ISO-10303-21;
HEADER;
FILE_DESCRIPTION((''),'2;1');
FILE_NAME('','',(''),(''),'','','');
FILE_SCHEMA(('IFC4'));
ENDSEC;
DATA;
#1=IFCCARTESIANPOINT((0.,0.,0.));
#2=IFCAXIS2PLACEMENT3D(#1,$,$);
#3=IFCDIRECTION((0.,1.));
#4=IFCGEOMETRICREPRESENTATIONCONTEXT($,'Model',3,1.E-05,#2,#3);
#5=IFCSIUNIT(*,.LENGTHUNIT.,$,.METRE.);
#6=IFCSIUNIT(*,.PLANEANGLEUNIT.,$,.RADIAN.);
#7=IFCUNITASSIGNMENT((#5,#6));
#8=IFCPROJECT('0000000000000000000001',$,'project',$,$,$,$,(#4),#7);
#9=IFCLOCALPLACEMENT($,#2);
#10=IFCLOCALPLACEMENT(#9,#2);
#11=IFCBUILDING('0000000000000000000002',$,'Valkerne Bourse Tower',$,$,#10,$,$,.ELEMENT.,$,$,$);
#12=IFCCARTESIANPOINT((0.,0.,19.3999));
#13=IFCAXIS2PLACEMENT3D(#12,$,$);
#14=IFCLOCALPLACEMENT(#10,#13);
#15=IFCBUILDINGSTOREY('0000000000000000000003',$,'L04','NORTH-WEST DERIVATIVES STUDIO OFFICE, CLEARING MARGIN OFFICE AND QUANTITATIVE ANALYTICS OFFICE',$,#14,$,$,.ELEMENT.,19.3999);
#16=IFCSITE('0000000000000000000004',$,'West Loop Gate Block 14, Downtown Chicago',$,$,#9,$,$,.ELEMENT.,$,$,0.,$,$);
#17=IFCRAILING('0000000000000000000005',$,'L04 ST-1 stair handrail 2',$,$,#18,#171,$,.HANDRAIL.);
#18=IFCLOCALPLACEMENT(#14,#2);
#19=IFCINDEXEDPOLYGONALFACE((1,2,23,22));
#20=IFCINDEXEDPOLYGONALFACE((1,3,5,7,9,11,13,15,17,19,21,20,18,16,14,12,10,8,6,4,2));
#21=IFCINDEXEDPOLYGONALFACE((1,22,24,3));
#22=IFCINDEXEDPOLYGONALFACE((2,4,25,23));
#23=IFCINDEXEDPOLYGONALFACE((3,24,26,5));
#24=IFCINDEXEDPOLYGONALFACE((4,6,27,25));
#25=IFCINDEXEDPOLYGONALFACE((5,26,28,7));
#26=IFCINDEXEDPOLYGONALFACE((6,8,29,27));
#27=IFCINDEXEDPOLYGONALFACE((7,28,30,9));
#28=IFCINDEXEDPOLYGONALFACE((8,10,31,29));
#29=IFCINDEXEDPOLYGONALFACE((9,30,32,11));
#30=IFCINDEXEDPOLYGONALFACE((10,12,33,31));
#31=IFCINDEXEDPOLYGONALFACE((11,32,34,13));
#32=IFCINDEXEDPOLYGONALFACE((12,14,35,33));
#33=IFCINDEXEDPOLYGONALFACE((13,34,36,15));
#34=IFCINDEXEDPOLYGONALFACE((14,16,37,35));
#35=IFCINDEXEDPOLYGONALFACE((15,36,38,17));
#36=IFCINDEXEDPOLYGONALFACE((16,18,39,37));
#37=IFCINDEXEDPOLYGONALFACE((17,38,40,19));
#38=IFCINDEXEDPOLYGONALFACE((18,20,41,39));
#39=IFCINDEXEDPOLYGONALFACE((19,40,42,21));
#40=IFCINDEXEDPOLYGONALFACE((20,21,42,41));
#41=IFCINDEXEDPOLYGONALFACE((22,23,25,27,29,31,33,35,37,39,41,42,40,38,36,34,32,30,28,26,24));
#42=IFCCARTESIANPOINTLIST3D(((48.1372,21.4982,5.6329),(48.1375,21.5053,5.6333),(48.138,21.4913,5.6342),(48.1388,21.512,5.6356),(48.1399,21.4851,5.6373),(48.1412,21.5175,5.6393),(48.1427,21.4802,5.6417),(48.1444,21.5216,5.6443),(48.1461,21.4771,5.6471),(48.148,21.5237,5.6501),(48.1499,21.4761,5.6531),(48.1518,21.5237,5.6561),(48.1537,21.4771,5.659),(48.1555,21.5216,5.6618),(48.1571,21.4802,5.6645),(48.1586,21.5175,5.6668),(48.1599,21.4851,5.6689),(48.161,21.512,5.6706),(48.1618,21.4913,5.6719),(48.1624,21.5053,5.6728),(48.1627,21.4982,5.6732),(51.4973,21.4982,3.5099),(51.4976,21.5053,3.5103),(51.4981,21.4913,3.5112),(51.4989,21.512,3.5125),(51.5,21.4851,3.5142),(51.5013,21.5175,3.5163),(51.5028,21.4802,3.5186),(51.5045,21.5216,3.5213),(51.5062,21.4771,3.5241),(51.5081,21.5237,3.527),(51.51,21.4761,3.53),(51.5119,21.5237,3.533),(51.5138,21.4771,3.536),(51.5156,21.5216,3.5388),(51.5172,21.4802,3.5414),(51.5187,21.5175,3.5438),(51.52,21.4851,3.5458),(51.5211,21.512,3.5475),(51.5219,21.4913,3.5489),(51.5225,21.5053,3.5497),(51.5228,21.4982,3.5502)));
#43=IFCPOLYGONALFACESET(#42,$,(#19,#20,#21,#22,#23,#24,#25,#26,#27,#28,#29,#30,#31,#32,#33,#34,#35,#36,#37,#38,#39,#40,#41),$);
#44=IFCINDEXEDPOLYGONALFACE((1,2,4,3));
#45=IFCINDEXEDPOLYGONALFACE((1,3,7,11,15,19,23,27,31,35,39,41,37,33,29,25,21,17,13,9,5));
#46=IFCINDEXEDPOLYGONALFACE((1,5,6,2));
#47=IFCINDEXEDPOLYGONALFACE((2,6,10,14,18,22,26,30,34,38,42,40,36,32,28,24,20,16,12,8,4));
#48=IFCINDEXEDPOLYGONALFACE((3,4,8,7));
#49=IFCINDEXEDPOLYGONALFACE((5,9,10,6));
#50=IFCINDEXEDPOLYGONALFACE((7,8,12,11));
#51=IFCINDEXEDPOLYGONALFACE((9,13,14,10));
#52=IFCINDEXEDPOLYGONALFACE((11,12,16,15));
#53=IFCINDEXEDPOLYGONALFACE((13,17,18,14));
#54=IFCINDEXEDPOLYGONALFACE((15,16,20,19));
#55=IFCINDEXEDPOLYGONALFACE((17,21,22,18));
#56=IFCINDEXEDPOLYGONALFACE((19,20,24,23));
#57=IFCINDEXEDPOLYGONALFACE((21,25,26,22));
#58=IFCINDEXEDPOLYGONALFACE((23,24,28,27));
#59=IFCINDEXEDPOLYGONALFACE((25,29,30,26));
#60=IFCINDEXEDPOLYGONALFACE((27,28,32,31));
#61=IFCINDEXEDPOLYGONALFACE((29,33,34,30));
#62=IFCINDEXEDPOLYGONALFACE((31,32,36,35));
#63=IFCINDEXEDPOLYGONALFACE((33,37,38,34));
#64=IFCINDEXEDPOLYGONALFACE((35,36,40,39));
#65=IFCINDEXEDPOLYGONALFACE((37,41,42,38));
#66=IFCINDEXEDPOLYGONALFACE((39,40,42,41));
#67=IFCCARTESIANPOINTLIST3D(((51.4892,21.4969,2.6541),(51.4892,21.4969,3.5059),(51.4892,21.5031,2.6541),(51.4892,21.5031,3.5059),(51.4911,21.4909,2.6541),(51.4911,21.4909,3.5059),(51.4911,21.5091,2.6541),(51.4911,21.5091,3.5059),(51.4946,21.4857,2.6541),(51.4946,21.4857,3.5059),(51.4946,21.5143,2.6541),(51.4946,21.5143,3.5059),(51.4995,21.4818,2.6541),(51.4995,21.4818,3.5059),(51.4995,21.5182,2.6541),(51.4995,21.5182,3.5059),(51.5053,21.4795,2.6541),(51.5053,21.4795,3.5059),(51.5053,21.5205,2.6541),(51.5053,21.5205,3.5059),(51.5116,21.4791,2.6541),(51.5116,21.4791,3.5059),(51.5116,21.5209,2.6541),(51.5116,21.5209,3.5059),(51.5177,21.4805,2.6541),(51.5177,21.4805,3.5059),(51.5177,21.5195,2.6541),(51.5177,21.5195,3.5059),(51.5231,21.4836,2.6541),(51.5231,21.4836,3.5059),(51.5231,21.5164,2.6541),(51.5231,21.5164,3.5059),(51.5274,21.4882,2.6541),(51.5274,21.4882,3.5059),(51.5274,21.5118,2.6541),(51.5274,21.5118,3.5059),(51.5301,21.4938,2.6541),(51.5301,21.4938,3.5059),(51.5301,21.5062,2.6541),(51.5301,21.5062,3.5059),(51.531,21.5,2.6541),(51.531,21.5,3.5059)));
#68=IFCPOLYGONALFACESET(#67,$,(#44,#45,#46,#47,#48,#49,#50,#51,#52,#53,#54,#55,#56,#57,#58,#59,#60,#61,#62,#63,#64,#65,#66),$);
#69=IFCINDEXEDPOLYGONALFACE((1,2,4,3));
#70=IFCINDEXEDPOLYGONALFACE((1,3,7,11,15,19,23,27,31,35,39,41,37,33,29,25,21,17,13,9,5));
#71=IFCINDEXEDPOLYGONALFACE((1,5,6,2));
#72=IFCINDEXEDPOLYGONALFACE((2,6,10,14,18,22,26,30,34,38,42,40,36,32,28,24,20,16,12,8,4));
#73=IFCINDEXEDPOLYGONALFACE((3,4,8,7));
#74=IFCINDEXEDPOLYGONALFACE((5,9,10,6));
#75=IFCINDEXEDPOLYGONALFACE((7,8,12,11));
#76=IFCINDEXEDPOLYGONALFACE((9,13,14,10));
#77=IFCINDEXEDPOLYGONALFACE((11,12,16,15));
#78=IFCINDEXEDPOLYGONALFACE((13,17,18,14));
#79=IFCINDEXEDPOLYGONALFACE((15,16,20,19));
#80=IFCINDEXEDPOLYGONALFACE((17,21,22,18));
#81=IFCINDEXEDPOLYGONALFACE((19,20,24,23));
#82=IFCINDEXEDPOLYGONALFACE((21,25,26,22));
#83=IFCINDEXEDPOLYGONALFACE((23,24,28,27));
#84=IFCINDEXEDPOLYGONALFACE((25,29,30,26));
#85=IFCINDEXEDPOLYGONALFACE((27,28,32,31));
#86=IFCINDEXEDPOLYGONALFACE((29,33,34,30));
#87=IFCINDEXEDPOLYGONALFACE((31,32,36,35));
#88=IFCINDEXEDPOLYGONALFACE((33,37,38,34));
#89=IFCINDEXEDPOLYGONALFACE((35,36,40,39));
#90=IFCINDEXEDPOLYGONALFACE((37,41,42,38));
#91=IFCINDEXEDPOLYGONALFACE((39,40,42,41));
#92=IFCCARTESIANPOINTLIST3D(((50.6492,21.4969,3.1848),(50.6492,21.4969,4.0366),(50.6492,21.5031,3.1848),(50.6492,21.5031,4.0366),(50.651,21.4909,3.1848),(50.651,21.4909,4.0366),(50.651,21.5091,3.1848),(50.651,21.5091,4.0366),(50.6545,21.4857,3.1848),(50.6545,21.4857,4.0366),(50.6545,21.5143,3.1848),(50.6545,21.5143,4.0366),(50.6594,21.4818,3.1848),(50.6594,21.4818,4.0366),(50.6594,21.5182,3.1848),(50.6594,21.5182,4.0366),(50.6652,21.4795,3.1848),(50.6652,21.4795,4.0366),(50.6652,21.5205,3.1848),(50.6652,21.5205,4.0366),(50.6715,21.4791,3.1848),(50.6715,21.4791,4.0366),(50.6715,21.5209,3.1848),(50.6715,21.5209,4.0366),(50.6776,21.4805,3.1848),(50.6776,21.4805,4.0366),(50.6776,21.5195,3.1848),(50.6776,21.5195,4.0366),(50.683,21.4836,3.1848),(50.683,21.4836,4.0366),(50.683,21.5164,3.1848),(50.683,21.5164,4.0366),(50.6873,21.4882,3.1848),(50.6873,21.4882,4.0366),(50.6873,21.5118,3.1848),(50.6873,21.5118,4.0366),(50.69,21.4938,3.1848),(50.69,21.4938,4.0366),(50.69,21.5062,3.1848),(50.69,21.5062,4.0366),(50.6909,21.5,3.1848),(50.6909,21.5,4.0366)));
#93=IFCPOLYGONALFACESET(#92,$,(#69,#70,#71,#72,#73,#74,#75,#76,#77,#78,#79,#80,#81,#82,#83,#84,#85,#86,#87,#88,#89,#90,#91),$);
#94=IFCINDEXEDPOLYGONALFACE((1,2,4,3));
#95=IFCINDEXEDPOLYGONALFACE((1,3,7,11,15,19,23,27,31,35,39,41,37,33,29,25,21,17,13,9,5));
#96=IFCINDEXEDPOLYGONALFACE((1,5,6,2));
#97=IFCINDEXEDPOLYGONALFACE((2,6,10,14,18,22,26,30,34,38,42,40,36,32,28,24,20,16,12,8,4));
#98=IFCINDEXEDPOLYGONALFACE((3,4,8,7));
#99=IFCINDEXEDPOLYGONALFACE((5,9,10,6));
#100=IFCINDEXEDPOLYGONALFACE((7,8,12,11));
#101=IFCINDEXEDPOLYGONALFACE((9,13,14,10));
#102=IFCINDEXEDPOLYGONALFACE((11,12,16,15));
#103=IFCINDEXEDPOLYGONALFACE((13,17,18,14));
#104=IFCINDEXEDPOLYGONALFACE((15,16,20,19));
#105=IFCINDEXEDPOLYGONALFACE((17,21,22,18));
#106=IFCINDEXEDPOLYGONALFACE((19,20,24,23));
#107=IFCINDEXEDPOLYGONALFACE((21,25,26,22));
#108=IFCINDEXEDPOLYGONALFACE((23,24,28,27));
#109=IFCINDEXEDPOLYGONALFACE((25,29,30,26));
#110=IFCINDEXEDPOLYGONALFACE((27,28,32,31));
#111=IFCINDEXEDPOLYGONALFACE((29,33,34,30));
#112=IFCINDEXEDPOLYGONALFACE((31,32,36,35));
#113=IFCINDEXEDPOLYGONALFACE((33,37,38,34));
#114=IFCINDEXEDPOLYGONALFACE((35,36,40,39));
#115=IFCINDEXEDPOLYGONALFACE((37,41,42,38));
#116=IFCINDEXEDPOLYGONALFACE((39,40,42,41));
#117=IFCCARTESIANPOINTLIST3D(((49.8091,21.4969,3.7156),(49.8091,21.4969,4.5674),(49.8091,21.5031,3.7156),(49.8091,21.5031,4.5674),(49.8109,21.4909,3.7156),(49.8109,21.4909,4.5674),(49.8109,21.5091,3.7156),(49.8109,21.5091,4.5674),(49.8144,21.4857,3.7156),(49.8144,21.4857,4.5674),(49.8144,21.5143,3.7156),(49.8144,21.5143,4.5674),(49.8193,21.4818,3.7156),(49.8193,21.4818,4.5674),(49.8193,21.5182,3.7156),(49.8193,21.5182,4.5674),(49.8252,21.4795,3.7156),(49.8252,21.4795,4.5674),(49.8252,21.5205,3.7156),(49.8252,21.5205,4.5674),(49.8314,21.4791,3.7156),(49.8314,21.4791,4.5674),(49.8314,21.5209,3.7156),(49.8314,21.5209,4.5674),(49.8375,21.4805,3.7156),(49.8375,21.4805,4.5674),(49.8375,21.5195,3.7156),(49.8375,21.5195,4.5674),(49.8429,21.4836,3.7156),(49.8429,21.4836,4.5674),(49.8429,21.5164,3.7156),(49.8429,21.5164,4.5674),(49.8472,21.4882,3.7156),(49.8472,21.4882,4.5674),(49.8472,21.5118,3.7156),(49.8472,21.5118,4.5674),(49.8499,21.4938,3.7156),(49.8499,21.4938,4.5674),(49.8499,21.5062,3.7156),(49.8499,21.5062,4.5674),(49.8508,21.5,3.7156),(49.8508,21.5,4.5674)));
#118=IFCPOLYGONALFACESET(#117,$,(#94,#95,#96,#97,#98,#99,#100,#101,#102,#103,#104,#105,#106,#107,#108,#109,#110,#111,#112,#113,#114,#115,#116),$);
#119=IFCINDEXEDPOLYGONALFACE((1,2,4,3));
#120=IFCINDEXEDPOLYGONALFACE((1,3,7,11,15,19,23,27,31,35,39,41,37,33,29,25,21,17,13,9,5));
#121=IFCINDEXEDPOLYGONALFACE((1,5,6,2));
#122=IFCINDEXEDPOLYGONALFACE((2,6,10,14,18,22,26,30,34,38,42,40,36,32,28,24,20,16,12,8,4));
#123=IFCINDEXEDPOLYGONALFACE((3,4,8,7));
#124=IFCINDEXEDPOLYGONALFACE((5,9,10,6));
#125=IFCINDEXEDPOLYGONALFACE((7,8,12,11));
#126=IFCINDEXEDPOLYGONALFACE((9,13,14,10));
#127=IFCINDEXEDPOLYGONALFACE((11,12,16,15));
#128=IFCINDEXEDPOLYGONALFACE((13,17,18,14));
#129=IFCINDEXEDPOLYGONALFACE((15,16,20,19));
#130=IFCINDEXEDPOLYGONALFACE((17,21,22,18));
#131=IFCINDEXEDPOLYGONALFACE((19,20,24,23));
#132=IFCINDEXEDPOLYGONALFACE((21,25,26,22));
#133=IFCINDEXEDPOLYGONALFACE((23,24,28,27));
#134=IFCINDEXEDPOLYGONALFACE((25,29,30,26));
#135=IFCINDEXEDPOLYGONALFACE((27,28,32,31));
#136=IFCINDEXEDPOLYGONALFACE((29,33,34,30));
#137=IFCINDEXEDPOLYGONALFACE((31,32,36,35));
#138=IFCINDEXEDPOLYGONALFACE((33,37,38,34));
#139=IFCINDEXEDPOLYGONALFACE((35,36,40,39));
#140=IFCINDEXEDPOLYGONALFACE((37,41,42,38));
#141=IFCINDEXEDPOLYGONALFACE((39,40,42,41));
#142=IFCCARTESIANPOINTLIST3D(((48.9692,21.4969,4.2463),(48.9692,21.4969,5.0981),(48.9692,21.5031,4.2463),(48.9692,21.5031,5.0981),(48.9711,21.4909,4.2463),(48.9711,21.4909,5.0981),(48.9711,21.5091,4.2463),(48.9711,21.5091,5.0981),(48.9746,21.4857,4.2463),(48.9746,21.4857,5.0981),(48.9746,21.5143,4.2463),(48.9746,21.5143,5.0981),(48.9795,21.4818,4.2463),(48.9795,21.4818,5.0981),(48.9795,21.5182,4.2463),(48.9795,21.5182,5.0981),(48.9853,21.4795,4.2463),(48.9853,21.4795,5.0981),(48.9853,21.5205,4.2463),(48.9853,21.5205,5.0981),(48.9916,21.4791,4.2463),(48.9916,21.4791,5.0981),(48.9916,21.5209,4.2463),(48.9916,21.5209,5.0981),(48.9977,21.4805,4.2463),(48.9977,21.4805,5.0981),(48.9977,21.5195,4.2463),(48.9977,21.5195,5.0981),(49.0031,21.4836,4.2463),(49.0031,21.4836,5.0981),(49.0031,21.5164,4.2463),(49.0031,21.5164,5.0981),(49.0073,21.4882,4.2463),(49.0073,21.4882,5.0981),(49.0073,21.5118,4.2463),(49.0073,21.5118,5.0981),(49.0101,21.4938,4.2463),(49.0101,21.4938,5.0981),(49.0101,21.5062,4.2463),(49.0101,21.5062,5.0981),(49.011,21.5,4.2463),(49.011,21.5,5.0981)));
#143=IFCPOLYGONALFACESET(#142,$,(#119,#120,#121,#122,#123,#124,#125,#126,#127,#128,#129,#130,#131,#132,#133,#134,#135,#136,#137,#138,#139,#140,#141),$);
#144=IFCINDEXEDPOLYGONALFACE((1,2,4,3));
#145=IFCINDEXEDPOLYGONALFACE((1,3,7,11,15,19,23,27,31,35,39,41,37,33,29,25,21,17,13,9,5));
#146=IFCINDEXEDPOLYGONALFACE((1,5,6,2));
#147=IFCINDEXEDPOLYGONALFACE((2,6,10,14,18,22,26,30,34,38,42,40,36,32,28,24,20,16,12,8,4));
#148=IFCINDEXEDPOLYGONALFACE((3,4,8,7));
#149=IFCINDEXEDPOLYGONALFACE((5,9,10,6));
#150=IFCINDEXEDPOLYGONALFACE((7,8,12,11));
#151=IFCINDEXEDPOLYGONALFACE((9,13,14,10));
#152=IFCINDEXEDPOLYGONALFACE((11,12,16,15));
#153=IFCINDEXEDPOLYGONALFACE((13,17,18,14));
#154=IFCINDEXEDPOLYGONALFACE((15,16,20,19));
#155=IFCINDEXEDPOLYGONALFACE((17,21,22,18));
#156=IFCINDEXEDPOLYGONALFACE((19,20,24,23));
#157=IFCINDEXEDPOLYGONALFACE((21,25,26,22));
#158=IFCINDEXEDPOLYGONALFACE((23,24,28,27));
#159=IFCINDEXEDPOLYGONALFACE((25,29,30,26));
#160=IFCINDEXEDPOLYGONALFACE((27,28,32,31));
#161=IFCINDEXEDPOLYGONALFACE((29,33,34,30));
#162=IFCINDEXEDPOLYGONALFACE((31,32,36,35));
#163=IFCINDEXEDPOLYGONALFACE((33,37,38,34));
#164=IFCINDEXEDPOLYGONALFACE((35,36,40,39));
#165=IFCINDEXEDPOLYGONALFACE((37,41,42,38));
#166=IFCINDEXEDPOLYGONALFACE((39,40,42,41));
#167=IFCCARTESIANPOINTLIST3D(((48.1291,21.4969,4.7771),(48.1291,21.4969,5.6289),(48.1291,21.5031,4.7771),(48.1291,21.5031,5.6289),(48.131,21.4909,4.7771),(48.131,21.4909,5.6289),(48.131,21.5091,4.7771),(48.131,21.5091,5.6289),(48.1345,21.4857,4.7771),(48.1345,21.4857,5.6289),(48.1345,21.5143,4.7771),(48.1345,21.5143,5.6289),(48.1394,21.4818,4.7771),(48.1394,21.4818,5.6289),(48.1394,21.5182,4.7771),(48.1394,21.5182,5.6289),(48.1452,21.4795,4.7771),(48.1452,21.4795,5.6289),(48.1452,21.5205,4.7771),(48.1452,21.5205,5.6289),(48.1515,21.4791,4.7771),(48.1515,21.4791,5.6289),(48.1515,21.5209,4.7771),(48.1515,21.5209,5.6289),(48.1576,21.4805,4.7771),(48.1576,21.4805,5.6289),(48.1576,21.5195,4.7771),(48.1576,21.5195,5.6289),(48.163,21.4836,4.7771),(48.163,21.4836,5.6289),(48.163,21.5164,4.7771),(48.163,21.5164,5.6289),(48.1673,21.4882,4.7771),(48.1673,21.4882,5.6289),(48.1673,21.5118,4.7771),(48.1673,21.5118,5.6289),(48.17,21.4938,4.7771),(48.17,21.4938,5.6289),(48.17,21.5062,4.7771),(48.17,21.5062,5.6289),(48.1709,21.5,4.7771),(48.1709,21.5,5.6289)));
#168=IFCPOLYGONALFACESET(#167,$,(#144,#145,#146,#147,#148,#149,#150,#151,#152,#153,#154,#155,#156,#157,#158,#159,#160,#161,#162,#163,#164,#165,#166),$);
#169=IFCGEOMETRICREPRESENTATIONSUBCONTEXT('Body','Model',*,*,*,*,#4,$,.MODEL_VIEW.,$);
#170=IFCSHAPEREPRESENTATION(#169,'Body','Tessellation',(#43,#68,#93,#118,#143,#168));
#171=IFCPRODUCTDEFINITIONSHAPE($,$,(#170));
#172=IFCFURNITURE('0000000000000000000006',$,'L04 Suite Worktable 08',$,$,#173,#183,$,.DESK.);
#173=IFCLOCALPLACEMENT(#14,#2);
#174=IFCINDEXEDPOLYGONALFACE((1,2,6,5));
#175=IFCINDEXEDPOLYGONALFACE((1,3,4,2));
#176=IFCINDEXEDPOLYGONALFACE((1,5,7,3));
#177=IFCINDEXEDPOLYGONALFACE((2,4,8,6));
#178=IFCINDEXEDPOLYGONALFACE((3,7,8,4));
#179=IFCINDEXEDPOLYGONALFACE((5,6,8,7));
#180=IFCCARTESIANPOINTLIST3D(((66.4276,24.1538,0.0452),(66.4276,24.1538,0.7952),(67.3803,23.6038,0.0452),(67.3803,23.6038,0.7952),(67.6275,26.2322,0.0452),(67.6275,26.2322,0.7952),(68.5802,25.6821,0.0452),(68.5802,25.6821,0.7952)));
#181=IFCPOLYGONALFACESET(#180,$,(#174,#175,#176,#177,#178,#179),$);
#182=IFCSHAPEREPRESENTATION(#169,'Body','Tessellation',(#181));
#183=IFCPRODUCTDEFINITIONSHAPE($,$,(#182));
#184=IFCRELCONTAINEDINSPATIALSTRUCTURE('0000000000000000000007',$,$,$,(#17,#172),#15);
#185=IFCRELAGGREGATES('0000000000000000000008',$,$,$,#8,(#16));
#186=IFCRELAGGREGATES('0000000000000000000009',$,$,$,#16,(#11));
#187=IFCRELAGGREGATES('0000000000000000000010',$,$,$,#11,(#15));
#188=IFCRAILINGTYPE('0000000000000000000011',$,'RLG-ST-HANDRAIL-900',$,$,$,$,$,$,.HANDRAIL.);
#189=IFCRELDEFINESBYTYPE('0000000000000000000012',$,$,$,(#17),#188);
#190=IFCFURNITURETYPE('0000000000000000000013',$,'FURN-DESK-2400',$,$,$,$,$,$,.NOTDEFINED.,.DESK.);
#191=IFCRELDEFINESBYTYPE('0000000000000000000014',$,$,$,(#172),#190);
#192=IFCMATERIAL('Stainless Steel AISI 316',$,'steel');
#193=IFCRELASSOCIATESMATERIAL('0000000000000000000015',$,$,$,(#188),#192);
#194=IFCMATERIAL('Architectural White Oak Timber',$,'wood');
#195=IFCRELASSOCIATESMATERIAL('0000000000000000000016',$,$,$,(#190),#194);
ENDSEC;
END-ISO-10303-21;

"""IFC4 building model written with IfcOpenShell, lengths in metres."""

from ifc_helpers import new_model, si_unit, direction, frame, origin, origin_2d, place, context, subcontext, project, spatial, rectangle, circle, extrude, material, type_object, element, save


model = new_model("IFC4")

# Units and contexts
model_context = context("Model", 3, precision=1e-05, world=origin(), true_north=direction((0.0, 1.0)))
body_context = subcontext(model_context, "Body", "Model", "MODEL_VIEW")
ifc_project = project(units=[si_unit("LENGTHUNIT", "METRE"), si_unit("PLANEANGLEUNIT", "RADIAN")], contexts=[model_context])

# Site, building, storey
site_placement = place(None, origin())
site = spatial("IfcSite", under=ifc_project, at=site_placement, Name="West Loop Gate Block 14, Downtown Chicago", CompositionType="ELEMENT", RefElevation=0.0)
building_placement = place(site_placement, origin())
building = spatial("IfcBuilding", under=site, at=building_placement, Name="Valkerne Bourse Tower", CompositionType="ELEMENT")
storey_placement = place(building_placement, frame((0.0, 0.0, 19.3999)))
storey = spatial("IfcBuildingStorey", under=building, at=storey_placement, Name="L04", Description="NORTH-WEST DERIVATIVES STUDIO OFFICE, CLEARING MARGIN OFFICE AND QUANTITATIVE ANALYTICS OFFICE", CompositionType="ELEMENT", Elevation=19.3999)

# Shared definitions
ifc_material_1 = material(Name="Architectural White Oak Timber", Category="wood")

# Shared definitions
ifc_material_2 = material(Name="Stainless Steel AISI 316", Category="steel")

# Railing
railing_type_1 = type_object("IfcRailingType", Name="RLG-ST-HANDRAIL-900", PredefinedType="HANDRAIL", material=ifc_material_2)
railing_1_placement = place(storey_placement, frame((51.51, 21.5, 2.6541)))
element("IfcRailing", 1, at=railing_1_placement, inside=storey, type_object=railing_type_1, Name="L04 ST-1 stair handrail 2", PredefinedType="HANDRAIL", context=body_context, shape_type="SweptSolid", body=[
    extrude(circle(Radius=0.0239, at=origin_2d()), frame((0.0, 0.0, 0.876), z_axis=(-0.84539, 0.0, 0.53415), x_axis=(0.0, -1.0, 0.0)), (0.0, 0.0, 1.0), 3.9746),
    extrude(circle(Radius=0.021, at=origin_2d()), origin(), (0.0, 0.0, 1.0), 0.8518),
    extrude(circle(Radius=0.021, at=origin_2d()), frame((-0.8401, 0.0, 0.5308)), (0.0, 0.0, 1.0), 0.8518),
    extrude(circle(Radius=0.021, at=origin_2d()), frame((-1.6802, 0.0, 1.0615)), (0.0, 0.0, 1.0), 0.8518),
    extrude(circle(Radius=0.021, at=origin_2d()), frame((-2.52, 0.0, 1.5923)), (0.0, 0.0, 1.0), 0.8518),
    extrude(circle(Radius=0.021, at=origin_2d()), frame((-3.3601, 0.0, 2.123)), (0.0, 0.0, 1.0), 0.8518),
])

# Furniture
furniture_type = type_object("IfcFurnitureType", Name="FURN-DESK-2400", AssemblyPlace="NOTDEFINED", PredefinedType="DESK", material=ifc_material_1)
furniture_placement = place(storey_placement, frame((67.5039, 24.918, 0.0452), z_axis=(0.0, 0.0, 1.0), x_axis=(0.5, 0.866025, 0.0)))
element("IfcFurniture", 2, at=furniture_placement, inside=storey, type_object=furniture_type, Name="L04 Suite Worktable 08", PredefinedType="DESK", context=body_context, shape_type="SweptSolid", body=[
    extrude(rectangle(XDim=2.3999, YDim=1.1001, at=origin_2d()), origin(), (0.0, 0.0, 1.0), 0.75),
])

save(model, "model.ifc")
